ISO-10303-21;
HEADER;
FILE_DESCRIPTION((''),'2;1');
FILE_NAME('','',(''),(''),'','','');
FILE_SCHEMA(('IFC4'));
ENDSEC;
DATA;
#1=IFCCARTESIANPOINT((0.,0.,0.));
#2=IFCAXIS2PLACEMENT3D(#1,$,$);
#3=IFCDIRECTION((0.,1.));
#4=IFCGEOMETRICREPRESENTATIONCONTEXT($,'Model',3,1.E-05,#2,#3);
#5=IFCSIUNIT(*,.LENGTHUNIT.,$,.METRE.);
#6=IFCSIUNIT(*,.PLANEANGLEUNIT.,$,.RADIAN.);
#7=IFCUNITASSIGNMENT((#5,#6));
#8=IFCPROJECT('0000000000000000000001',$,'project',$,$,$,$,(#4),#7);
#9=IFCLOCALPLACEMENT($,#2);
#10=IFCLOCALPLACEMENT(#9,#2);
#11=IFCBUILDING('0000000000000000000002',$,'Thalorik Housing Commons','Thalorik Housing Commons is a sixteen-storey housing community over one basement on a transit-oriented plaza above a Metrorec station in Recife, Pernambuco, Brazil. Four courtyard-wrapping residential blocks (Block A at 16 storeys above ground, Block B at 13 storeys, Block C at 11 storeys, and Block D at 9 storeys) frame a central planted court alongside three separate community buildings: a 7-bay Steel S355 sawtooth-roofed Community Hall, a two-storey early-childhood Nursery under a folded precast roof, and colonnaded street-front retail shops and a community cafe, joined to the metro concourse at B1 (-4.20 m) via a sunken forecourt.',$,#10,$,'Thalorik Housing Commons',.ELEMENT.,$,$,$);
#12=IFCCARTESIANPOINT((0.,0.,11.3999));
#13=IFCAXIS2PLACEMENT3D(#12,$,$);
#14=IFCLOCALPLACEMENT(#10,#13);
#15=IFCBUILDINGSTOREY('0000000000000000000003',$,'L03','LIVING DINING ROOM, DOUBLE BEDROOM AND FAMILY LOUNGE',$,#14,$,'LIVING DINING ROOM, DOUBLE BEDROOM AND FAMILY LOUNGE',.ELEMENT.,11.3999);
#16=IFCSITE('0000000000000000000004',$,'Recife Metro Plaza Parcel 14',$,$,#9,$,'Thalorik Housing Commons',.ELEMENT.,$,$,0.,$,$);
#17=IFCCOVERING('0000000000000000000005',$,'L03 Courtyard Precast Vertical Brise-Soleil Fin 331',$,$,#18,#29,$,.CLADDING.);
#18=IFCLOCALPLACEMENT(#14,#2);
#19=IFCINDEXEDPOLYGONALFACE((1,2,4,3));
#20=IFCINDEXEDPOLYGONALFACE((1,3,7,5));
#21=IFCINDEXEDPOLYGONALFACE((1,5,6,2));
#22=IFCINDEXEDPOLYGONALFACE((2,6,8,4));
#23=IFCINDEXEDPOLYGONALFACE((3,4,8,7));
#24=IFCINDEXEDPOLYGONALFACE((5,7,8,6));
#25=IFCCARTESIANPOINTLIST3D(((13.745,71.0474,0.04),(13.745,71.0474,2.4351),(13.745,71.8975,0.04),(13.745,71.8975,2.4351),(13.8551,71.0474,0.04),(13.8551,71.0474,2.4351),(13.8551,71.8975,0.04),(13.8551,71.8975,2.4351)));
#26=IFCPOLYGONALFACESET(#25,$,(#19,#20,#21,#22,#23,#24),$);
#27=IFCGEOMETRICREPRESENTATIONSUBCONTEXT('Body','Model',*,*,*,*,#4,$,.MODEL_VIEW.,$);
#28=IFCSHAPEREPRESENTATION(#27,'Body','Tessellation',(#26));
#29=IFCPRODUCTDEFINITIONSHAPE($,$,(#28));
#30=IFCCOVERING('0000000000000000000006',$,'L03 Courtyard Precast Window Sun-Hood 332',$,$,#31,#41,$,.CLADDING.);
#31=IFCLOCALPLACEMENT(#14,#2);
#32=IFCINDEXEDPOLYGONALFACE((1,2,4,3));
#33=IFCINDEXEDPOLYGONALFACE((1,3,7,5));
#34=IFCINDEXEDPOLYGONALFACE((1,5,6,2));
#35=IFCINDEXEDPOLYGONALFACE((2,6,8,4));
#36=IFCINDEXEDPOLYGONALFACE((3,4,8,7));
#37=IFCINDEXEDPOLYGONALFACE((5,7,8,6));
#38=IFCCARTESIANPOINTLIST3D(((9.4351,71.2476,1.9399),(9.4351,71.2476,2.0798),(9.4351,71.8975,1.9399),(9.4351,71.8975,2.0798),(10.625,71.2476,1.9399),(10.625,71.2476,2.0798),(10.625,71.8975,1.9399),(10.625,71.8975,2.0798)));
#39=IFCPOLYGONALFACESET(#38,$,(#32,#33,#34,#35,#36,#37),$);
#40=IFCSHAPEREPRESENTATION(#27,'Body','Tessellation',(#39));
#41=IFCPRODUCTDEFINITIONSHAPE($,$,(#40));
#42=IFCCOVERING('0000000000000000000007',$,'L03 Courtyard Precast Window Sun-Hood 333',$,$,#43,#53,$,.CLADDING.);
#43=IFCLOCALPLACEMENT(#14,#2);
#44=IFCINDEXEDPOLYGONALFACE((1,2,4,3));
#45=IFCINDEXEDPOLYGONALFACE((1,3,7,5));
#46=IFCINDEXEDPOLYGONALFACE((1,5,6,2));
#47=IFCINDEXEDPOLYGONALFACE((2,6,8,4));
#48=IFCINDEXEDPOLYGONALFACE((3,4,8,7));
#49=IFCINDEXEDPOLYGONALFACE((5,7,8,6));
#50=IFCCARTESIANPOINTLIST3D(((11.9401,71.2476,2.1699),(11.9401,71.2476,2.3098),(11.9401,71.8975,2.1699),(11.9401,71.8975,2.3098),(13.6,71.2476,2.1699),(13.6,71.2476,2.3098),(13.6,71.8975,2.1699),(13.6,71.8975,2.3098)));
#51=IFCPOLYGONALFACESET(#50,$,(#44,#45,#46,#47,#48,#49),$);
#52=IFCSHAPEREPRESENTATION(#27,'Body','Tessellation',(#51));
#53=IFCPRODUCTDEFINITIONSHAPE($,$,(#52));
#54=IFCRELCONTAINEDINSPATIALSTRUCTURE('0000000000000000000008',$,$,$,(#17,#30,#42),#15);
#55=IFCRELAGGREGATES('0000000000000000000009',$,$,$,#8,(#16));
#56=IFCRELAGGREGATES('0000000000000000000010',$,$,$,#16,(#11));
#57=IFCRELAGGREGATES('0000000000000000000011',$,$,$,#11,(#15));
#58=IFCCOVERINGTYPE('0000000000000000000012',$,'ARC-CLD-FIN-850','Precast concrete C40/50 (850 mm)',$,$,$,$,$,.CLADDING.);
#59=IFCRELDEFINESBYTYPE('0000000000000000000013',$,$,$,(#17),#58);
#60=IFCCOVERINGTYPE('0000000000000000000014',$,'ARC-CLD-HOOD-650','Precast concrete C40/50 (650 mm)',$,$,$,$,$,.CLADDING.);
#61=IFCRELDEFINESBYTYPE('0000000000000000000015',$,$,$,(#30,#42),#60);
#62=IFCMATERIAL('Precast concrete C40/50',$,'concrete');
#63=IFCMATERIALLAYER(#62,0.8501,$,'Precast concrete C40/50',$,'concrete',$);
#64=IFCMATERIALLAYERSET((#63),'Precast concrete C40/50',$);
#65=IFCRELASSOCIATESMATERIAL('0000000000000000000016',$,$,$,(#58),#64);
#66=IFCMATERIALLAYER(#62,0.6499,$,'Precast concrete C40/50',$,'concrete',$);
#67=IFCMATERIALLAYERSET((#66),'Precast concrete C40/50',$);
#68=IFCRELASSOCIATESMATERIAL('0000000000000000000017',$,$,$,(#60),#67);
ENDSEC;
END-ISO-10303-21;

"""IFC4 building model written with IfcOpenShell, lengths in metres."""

from ifc_helpers import new_model, si_unit, direction, frame, origin, origin_2d, place, context, subcontext, project, spatial, rectangle, extrude, material, layer, layer_set, type_object, element, save


model = new_model("IFC4")

# Units and contexts
model_context = context("Model", 3, precision=1e-05, world=origin(), true_north=direction((0.0, 1.0)))
body_context = subcontext(model_context, "Body", "Model", "MODEL_VIEW")
ifc_project = project(units=[si_unit("LENGTHUNIT", "METRE"), si_unit("PLANEANGLEUNIT", "RADIAN")], contexts=[model_context])

# Site, building, storey
site_placement = place(None, origin())
site = spatial("IfcSite", under=ifc_project, at=site_placement, Name="Recife Metro Plaza Parcel 14", LongName="Thalorik Housing Commons", CompositionType="ELEMENT", RefElevation=0.0)
building_placement = place(site_placement, origin())
building = spatial("IfcBuilding", under=site, at=building_placement, Name="Thalorik Housing Commons", Description="Thalorik Housing Commons is a sixteen-storey housing community over one basement on a transit-oriented plaza above a Metrorec station in Recife, Pernambuco, Brazil. Four courtyard-wrapping residential blocks (Block A at 16 storeys above ground, Block B at 13 storeys, Block C at 11 storeys, and Block D at 9 storeys) frame a central planted court alongside three separate community buildings: a 7-bay Steel S355 sawtooth-roofed Community Hall, a two-storey early-childhood Nursery under a folded precast roof, and colonnaded street-front retail shops and a community cafe, joined to the metro concourse at B1 (-4.20 m) via a sunken forecourt.", LongName="Thalorik Housing Commons", CompositionType="ELEMENT")
storey_placement = place(building_placement, frame((0.0, 0.0, 11.3999)))
storey = spatial("IfcBuildingStorey", under=building, at=storey_placement, Name="L03", Description="LIVING DINING ROOM, DOUBLE BEDROOM AND FAMILY LOUNGE", LongName="LIVING DINING ROOM, DOUBLE BEDROOM AND FAMILY LOUNGE", CompositionType="ELEMENT", Elevation=11.3999)

# Shared definitions
ifc_material_1 = material(Name="Precast concrete C40/50", Category="concrete")

# Coverings
ifc_layer_1 = layer(ifc_material_1, 0.8501, Name="Precast concrete C40/50", Category="concrete")
ifc_layer_set_1 = layer_set([ifc_layer_1], Name="Precast concrete C40/50")
covering_type_1 = type_object("IfcCoveringType", Name="ARC-CLD-FIN-850", Description="Precast concrete C40/50 (850 mm)", PredefinedType="CLADDING", material=ifc_layer_set_1)
for number, where, z_axis, x_axis, name in (
    (1, (13.8, 71.4724, 0.04), (0.0, 0.0, 1.0), (1.0, 0.0, 0.0), "L03 Courtyard Precast Vertical Brise-Soleil Fin 331"),
):
    element("IfcCovering", number, at=place(storey_placement, frame(where, z_axis=z_axis, x_axis=x_axis)), inside=storey, type_object=covering_type_1, Name=name, PredefinedType="CLADDING", context=body_context, shape_type="SweptSolid", body=[
        extrude(rectangle(XDim=0.1101, YDim=0.8501, at=origin_2d()), origin(), (0.0, 0.0, 1.0), 2.395),
    ])
ifc_layer_2 = layer(ifc_material_1, 0.6499, Name="Precast concrete C40/50", Category="concrete")
ifc_layer_set_2 = layer_set([ifc_layer_2], Name="Precast concrete C40/50")
covering_type_2 = type_object("IfcCoveringType", Name="ARC-CLD-HOOD-650", Description="Precast concrete C40/50 (650 mm)", PredefinedType="CLADDING", material=ifc_layer_set_2)
covering_1_placement = place(storey_placement, frame((10.03, 71.5725, 1.9399), z_axis=(0.0, 0.0, 1.0), x_axis=(1.0, 0.0, 0.0)))
element("IfcCovering", 2, at=covering_1_placement, inside=storey, type_object=covering_type_2, Name="L03 Courtyard Precast Window Sun-Hood 332", PredefinedType="CLADDING", context=body_context, shape_type="SweptSolid", body=[
    extrude(rectangle(XDim=1.1899, YDim=0.6499, at=origin_2d()), origin(), (0.0, 0.0, 1.0), 0.1399),
])
covering_2_placement = place(storey_placement, frame((12.77, 71.5725, 2.1699), z_axis=(0.0, 0.0, 1.0), x_axis=(1.0, 0.0, 0.0)))
element("IfcCovering", 3, at=covering_2_placement, inside=storey, type_object=covering_type_2, Name="L03 Courtyard Precast Window Sun-Hood 333", PredefinedType="CLADDING", context=body_context, shape_type="SweptSolid", body=[
    extrude(rectangle(XDim=1.6599, YDim=0.6499, at=origin_2d()), origin(), (0.0, 0.0, 1.0), 0.1399),
])

save(model, "model.ifc")
